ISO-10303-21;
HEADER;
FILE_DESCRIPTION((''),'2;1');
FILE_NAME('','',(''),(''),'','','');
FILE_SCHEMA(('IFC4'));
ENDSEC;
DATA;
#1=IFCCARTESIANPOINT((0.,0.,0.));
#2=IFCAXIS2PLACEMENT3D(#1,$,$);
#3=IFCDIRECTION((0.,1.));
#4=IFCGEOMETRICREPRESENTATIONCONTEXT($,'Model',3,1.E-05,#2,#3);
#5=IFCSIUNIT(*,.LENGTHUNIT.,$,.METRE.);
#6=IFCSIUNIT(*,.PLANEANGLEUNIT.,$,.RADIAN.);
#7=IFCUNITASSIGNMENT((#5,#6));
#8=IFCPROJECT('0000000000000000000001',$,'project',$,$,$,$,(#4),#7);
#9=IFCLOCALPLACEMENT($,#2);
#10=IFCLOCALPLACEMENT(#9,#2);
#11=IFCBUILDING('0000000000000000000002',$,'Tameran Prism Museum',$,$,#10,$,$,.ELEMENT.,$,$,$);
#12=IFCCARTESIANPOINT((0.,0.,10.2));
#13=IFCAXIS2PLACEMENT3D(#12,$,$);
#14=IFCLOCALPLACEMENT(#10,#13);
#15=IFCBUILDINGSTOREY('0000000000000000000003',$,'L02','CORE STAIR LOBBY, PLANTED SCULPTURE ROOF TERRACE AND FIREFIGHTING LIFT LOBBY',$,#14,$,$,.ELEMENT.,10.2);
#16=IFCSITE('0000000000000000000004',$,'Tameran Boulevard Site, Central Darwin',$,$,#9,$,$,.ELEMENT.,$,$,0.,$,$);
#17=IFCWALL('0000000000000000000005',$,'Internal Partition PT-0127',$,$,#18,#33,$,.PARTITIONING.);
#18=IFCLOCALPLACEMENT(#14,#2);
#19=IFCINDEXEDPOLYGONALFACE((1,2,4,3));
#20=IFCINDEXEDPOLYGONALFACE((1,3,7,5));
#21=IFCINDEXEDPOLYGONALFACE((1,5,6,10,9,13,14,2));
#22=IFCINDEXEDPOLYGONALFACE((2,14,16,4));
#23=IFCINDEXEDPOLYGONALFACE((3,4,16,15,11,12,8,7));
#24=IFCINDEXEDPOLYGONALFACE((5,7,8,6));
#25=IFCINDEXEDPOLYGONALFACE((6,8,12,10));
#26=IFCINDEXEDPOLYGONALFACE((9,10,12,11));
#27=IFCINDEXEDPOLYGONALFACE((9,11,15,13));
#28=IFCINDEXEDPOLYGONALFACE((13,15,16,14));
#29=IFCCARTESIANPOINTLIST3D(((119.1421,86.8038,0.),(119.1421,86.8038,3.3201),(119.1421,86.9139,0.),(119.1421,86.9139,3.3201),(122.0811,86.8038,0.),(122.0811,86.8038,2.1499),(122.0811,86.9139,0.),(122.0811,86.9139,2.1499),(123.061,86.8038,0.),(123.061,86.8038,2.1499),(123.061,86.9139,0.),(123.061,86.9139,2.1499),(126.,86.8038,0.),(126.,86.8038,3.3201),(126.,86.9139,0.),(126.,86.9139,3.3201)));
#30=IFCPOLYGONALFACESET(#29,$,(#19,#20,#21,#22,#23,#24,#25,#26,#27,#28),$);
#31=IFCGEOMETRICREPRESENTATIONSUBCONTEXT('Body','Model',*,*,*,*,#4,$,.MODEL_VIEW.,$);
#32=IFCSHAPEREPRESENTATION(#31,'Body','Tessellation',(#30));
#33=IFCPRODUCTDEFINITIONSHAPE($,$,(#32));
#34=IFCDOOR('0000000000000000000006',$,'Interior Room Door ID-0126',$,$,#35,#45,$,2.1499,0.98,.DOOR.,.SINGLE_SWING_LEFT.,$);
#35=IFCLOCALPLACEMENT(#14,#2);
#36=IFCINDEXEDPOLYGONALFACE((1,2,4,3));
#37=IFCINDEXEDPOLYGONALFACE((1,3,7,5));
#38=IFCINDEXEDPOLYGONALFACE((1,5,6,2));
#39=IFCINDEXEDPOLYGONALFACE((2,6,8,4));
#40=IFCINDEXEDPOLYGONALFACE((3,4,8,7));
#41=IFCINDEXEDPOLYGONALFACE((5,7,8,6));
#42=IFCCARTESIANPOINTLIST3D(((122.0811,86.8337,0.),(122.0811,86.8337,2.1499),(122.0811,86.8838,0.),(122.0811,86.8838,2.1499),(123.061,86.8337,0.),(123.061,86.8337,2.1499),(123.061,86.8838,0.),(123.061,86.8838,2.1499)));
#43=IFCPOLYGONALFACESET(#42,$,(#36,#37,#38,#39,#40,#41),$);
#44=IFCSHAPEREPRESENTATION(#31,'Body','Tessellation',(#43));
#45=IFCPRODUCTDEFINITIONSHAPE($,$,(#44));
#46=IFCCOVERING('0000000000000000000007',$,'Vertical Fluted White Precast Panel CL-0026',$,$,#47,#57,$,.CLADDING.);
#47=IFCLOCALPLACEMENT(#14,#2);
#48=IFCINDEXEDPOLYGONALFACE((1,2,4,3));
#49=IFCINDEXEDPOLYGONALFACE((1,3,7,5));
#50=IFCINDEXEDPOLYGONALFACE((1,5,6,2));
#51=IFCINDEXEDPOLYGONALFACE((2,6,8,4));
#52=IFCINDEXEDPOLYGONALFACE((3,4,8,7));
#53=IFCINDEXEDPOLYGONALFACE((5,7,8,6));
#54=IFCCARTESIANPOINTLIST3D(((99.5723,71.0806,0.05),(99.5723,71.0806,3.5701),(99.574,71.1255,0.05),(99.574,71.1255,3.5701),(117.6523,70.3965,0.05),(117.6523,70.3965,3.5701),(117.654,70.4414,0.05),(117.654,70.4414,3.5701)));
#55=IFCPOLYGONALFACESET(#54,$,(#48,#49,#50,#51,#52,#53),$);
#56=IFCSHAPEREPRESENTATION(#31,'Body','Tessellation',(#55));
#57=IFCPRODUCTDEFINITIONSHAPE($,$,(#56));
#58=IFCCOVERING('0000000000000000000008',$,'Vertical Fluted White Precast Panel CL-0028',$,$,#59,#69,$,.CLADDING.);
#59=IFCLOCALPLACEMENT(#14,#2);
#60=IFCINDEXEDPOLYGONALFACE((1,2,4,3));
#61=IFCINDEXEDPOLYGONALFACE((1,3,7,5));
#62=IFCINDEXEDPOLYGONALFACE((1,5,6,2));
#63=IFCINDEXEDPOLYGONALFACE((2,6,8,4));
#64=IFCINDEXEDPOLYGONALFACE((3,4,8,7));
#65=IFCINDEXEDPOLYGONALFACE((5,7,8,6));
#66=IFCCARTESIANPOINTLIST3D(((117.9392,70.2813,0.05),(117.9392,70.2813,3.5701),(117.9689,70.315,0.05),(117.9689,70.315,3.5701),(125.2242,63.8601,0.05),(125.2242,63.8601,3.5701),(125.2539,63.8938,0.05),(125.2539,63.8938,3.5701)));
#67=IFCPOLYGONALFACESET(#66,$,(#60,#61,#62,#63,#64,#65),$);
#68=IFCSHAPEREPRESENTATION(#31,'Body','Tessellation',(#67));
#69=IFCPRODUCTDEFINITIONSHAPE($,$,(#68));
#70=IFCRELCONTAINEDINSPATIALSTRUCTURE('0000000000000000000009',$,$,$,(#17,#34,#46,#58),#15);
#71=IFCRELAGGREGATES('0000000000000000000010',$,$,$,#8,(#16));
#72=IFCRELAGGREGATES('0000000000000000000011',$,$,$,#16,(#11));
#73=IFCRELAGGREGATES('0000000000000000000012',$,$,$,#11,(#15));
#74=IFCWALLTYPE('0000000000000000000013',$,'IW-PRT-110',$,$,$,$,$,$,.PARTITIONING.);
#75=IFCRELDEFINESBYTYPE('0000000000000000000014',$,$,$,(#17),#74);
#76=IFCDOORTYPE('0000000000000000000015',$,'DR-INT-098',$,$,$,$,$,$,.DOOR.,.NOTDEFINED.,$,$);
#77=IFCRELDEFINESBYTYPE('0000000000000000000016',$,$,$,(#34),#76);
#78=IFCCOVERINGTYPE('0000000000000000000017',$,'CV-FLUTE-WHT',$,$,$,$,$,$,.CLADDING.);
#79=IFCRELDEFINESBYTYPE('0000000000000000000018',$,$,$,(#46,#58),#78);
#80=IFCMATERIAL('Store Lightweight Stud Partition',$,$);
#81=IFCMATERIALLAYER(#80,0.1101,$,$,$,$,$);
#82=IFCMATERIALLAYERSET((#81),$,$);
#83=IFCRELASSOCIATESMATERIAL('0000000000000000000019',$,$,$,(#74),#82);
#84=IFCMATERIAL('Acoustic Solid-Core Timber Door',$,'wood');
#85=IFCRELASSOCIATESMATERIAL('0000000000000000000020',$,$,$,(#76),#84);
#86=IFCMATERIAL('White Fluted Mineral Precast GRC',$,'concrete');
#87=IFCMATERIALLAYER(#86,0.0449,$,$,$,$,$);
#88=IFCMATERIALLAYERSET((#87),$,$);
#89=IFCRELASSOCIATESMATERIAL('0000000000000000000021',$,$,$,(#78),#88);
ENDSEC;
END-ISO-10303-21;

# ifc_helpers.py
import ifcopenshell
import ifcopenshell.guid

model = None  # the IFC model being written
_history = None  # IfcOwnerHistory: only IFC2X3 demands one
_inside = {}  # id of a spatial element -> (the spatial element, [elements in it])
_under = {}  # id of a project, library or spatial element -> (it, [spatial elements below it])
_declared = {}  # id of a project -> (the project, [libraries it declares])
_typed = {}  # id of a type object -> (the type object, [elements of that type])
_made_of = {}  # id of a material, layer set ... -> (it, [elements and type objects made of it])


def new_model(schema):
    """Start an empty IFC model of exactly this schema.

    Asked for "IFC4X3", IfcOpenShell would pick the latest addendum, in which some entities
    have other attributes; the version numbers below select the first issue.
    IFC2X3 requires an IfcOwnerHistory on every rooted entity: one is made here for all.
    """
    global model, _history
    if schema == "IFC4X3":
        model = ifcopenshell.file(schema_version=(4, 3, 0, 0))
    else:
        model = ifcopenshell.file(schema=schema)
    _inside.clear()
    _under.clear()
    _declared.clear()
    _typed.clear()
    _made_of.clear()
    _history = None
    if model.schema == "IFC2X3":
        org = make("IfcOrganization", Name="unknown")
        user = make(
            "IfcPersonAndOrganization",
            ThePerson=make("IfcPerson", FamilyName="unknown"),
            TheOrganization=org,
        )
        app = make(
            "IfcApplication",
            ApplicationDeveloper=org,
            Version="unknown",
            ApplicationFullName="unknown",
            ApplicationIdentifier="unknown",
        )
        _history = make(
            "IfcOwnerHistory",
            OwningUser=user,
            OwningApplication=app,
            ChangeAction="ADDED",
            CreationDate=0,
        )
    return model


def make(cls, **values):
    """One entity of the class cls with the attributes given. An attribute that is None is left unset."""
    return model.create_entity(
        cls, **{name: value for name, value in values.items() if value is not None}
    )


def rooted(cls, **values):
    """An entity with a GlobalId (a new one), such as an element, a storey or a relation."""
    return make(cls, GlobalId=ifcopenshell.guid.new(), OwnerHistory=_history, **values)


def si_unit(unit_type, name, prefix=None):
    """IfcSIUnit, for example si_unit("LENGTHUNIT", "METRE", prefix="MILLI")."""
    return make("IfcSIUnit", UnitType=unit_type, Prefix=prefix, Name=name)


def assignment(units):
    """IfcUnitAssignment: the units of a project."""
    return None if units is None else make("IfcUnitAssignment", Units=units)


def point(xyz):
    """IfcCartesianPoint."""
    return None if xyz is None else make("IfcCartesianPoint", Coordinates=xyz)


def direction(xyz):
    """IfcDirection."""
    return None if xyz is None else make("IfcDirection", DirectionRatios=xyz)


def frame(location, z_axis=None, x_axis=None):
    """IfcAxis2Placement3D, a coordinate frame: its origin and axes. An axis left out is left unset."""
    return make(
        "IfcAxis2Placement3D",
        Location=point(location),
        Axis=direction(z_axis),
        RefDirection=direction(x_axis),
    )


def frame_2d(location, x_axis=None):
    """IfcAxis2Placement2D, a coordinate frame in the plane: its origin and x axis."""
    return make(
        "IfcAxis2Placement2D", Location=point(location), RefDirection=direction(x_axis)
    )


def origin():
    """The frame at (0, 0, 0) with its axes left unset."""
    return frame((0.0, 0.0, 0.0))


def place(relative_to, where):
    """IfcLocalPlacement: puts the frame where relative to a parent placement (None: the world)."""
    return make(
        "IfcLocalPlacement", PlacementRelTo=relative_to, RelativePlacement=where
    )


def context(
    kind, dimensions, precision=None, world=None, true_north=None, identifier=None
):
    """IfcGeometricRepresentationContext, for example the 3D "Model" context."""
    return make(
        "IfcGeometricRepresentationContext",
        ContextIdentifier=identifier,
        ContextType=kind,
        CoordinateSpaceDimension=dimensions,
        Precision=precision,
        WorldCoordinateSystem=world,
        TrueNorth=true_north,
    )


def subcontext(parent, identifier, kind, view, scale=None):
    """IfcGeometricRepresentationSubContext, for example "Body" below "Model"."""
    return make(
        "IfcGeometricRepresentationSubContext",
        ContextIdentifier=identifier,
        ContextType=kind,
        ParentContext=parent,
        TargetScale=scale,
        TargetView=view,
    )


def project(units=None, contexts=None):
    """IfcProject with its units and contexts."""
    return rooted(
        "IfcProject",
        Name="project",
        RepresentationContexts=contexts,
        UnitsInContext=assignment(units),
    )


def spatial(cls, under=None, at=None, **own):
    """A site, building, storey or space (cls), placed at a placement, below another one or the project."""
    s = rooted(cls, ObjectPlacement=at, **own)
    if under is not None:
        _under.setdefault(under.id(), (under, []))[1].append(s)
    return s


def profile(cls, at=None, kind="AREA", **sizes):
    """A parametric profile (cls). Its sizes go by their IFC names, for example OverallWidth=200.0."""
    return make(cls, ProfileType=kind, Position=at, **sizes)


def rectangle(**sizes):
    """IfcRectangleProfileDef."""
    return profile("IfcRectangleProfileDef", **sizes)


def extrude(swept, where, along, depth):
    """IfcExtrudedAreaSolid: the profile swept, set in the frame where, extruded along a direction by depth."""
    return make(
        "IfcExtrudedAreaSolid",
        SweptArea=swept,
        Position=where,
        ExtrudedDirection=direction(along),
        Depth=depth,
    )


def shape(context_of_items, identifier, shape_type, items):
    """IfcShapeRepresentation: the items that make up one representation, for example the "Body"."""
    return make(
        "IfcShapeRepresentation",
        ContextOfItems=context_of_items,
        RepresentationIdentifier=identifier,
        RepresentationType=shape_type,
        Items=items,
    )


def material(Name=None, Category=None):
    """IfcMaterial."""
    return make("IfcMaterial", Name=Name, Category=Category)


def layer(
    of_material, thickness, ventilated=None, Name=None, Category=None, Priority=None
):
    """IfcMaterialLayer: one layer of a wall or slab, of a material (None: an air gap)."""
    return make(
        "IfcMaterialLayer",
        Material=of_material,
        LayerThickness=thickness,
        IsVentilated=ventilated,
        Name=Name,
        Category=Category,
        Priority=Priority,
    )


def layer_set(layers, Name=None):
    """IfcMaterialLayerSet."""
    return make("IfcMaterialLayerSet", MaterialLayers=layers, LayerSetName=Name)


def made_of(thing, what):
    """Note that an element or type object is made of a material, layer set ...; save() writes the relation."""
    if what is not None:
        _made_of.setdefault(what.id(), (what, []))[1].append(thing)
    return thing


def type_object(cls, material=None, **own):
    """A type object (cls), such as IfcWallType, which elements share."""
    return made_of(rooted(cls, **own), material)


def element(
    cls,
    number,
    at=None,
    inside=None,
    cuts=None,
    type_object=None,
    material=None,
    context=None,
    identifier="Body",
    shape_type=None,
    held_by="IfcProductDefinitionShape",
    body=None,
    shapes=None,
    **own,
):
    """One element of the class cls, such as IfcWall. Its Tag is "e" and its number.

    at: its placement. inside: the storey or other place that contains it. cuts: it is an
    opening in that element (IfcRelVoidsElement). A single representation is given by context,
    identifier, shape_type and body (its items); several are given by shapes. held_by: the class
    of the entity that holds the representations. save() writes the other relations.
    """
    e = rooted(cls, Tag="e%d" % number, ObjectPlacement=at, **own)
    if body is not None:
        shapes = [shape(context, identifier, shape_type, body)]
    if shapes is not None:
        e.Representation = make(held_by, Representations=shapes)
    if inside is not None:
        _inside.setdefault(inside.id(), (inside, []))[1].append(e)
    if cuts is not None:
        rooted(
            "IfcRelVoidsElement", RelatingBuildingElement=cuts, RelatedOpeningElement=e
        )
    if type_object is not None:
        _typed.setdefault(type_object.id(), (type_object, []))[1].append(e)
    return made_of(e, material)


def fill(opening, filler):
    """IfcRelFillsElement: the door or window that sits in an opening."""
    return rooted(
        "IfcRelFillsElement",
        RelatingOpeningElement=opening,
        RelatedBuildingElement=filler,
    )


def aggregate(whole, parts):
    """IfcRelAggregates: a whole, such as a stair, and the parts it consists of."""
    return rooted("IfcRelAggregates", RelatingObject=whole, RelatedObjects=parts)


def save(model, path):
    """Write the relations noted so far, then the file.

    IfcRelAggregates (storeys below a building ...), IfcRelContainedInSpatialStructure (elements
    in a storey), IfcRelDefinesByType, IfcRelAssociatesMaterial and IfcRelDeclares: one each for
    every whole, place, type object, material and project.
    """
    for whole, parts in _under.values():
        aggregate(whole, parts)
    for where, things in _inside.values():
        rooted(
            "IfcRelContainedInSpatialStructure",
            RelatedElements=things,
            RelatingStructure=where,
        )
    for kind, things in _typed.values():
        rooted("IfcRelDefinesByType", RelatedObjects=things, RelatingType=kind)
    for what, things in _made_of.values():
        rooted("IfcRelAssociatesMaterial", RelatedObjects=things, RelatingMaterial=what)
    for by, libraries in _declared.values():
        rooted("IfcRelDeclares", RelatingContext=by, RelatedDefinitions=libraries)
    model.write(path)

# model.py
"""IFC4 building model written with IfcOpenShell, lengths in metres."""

from ifc_helpers import new_model, si_unit, direction, frame, frame_2d, origin, place, context, subcontext, project, spatial, rectangle, extrude, material, layer, layer_set, type_object, element, fill, save


model = new_model("IFC4")

# Units and contexts
model_context = context("Model", 3, precision=1e-05, world=origin(), true_north=direction((0.0, 1.0)))
body_context = subcontext(model_context, "Body", "Model", "MODEL_VIEW")
ifc_project = project(units=[si_unit("LENGTHUNIT", "METRE"), si_unit("PLANEANGLEUNIT", "RADIAN")], contexts=[model_context])

# Site, building, storey
site_placement = place(None, origin())
site = spatial("IfcSite", under=ifc_project, at=site_placement, Name="Tameran Boulevard Site, Central Darwin", CompositionType="ELEMENT", RefElevation=0.0)
building_placement = place(site_placement, origin())
building = spatial("IfcBuilding", under=site, at=building_placement, Name="Tameran Prism Museum", CompositionType="ELEMENT")
storey_placement = place(building_placement, frame((0.0, 0.0, 10.2)))
storey = spatial("IfcBuildingStorey", under=building, at=storey_placement, Name="L02", Description="CORE STAIR LOBBY, PLANTED SCULPTURE ROOF TERRACE AND FIREFIGHTING LIFT LOBBY", CompositionType="ELEMENT", Elevation=10.2)

# Wall, opening, door
ifc_material_1 = material(Name="Store Lightweight Stud Partition")
ifc_layer_1 = layer(ifc_material_1, 0.1101)
ifc_layer_set_1 = layer_set([ifc_layer_1])
wall_type_1 = type_object("IfcWallType", Name="IW-PRT-110", PredefinedType="PARTITIONING", material=ifc_layer_set_1)
wall_1_placement = place(storey_placement, frame((119.1421, 86.8589, 0.0), z_axis=(0.0, 0.0, 1.0), x_axis=(1.0, 0.0, 0.0)))
wall_1 = element("IfcWall", 1, at=wall_1_placement, inside=storey, type_object=wall_type_1, Name="Internal Partition PT-0127", PredefinedType="PARTITIONING", context=body_context, shape_type="SweptSolid", body=[
    extrude(rectangle(XDim=6.8579, YDim=0.1101, at=frame_2d((3.429, 0.0))), origin(), (0.0, 0.0, 1.0), 3.3201),
])
opening_1_placement = place(wall_1_placement, frame((2.939, 0.0, 0.0)))
opening_1 = element("IfcOpeningElement", 2, at=opening_1_placement, cuts=wall_1, PredefinedType="OPENING", context=body_context, shape_type="SweptSolid", body=[
    extrude(rectangle(XDim=0.98, YDim=2.1499, at=frame_2d((0.49, 1.075))), frame((0.0, 0.0649, 0.0), z_axis=(0.0, -1.0, 0.0), x_axis=(1.0, 0.0, 0.0)), (0.0, 0.0, 1.0), 0.1301),
])
ifc_material_2 = material(Name="Acoustic Solid-Core Timber Door", Category="wood")
door_type_1 = type_object("IfcDoorType", Name="DR-INT-098", OperationType="NOTDEFINED", PredefinedType="DOOR", material=ifc_material_2)
door_1_placement = place(opening_1_placement, origin())
door_1 = element("IfcDoor", 3, at=door_1_placement, inside=storey, type_object=door_type_1, Name="Interior Room Door ID-0126", OperationType="SINGLE_SWING_LEFT", OverallHeight=2.1499, OverallWidth=0.98, PredefinedType="DOOR", context=body_context, shape_type="SweptSolid", body=[
    extrude(rectangle(XDim=0.98, YDim=2.1499, at=frame_2d((0.49, 1.075))), frame((0.0, 0.0249, 0.0), z_axis=(0.0, -1.0, 0.0), x_axis=(1.0, 0.0, 0.0)), (0.0, 0.0, 1.0), 0.05),
])
fill(opening_1, door_1)

# Coverings
ifc_material_3 = material(Name="White Fluted Mineral Precast GRC", Category="concrete")
ifc_layer_2 = layer(ifc_material_3, 0.0449)
ifc_layer_set_2 = layer_set([ifc_layer_2])
covering_type = type_object("IfcCoveringType", Name="CV-FLUTE-WHT", PredefinedType="CLADDING", material=ifc_layer_set_2)
covering_1_placement = place(storey_placement, frame((117.6531, 70.4189, 0.05), z_axis=(0.0, 0.0, 1.0), x_axis=(-0.999285, 0.037809, 0.0)))
element("IfcCovering", 4, at=covering_1_placement, inside=storey, type_object=covering_type, Name="Vertical Fluted White Precast Panel CL-0026", PredefinedType="CLADDING", context=body_context, shape_type="SweptSolid", body=[
    extrude(rectangle(XDim=18.093, YDim=0.0449, at=frame_2d((9.0464, 0.0))), origin(), (0.0, 0.0, 1.0), 3.52),
])
covering_2_placement = place(storey_placement, frame((125.239, 63.877, 0.05), z_axis=(0.0, 0.0, 1.0), x_axis=(-0.750181, 0.661232, 0.0)))
element("IfcCovering", 5, at=covering_2_placement, inside=storey, type_object=covering_type, Name="Vertical Fluted White Precast Panel CL-0028", PredefinedType="CLADDING", context=body_context, shape_type="SweptSolid", body=[
    extrude(rectangle(XDim=9.7109, YDim=0.0449, at=frame_2d((4.8555, 0.0))), origin(), (0.0, 0.0, 1.0), 3.52),
])

save(model, "model.ifc")
